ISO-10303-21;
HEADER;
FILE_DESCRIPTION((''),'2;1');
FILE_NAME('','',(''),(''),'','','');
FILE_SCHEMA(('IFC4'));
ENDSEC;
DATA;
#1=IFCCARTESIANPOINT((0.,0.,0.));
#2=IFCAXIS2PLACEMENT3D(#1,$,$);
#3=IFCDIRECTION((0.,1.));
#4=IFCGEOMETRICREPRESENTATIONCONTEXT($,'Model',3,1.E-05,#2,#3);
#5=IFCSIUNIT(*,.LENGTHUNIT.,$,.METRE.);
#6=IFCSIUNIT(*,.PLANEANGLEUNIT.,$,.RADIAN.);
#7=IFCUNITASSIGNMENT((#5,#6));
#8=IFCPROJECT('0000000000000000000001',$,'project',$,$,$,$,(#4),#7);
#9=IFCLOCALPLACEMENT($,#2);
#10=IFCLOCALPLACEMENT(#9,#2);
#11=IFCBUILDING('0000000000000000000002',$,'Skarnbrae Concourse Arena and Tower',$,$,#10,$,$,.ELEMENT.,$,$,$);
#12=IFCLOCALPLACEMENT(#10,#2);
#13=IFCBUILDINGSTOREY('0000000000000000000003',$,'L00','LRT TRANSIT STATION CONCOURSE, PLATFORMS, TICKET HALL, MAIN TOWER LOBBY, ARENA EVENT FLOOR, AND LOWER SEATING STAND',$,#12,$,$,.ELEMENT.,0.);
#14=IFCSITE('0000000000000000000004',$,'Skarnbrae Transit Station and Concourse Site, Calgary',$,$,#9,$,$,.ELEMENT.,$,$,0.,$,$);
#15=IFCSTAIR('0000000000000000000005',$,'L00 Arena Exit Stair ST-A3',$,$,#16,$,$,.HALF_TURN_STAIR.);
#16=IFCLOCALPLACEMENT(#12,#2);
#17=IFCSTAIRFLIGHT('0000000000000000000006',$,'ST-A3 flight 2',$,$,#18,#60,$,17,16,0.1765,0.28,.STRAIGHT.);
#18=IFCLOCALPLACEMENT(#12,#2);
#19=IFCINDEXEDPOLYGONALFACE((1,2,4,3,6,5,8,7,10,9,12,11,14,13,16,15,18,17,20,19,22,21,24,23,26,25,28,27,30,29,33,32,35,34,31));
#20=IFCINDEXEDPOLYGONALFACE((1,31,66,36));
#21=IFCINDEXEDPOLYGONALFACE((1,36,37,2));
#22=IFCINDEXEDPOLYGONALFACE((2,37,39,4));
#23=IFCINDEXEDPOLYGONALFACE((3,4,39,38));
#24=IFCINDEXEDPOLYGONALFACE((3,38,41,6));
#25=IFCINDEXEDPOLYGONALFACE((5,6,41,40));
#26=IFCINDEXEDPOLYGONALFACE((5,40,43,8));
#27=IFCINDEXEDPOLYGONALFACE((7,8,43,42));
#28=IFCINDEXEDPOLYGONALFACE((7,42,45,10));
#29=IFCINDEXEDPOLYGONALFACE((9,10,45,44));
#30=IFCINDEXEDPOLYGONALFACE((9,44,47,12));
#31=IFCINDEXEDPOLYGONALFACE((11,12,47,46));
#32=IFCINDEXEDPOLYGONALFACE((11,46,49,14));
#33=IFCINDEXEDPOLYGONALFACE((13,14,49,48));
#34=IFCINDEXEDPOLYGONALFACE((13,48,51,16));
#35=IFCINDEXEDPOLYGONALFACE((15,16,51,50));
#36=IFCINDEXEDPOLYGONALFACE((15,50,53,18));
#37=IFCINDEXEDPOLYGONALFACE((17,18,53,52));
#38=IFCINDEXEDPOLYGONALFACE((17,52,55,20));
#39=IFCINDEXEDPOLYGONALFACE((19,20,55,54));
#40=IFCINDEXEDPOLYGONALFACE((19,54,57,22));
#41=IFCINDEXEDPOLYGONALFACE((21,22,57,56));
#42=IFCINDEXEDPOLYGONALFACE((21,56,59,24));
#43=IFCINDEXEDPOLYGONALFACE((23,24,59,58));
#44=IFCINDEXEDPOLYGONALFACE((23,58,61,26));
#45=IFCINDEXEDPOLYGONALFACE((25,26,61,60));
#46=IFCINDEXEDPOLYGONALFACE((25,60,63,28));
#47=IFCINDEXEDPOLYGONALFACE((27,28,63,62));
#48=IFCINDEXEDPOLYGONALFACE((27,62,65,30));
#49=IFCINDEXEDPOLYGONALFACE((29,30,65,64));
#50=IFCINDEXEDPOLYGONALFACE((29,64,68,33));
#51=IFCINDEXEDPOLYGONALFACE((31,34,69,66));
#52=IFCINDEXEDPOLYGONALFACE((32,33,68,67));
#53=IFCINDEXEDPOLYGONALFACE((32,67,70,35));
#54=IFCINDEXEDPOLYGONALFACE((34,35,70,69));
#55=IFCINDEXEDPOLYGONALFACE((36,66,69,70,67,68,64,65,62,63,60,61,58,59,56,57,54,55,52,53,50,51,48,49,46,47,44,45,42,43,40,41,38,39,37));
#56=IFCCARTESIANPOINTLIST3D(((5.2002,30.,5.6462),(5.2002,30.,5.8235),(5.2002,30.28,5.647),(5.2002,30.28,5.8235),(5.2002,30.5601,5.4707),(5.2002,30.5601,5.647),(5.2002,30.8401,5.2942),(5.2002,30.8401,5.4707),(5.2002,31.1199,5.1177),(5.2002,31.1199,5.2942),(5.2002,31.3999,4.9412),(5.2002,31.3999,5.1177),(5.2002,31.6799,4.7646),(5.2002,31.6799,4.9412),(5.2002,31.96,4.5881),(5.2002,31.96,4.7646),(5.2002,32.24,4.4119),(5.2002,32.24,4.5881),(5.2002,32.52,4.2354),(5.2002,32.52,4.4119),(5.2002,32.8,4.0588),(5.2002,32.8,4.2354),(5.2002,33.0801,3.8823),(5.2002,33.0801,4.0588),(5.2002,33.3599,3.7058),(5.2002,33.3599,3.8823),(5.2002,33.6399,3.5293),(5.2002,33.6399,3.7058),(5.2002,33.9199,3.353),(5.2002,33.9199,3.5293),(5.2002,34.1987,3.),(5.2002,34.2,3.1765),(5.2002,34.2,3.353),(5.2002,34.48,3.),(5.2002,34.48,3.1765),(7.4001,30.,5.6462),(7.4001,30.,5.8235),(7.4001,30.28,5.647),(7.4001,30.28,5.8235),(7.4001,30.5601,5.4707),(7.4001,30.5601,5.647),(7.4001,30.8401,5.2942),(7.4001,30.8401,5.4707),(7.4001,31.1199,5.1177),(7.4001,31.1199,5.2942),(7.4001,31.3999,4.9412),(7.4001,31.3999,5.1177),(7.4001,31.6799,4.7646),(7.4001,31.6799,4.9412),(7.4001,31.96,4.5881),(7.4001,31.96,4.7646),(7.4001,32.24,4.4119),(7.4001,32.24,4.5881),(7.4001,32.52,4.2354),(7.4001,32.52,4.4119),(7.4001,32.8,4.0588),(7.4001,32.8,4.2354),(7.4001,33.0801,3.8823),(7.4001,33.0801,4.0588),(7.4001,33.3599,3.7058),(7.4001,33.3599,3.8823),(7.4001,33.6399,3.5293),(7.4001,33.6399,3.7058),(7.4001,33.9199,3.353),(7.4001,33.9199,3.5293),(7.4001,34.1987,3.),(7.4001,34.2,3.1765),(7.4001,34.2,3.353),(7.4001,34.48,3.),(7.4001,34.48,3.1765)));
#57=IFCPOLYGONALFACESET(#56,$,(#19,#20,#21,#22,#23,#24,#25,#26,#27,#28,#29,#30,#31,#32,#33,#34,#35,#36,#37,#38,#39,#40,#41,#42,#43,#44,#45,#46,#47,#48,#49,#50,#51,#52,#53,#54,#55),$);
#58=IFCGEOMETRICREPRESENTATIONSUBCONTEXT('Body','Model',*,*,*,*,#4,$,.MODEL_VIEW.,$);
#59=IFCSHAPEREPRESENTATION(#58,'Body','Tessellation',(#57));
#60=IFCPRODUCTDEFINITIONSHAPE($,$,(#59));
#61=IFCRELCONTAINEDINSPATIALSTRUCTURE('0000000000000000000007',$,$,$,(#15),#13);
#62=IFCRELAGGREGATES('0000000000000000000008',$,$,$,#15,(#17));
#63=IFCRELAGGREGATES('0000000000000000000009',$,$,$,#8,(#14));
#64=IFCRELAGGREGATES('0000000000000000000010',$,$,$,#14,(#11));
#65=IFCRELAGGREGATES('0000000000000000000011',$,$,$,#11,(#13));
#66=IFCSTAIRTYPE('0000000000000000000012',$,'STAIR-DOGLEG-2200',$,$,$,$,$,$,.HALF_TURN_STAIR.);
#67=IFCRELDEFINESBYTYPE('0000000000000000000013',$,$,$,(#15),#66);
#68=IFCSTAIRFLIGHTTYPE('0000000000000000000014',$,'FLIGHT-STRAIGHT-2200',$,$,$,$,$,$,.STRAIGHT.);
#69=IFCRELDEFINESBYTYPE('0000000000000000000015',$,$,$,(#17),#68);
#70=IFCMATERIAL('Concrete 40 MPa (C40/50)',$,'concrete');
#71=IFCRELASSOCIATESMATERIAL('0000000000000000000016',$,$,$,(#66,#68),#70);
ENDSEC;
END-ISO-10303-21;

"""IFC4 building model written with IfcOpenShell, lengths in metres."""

from ifc_helpers import new_model, si_unit, direction, frame, origin, place, context, subcontext, project, spatial, polyline, outline, extrude, source, transform, mapped, material, type_object, element, aggregate, save


model = new_model("IFC4")

# Units and contexts
model_context = context("Model", 3, precision=1e-05, world=origin(), true_north=direction((0.0, 1.0)))
body_context = subcontext(model_context, "Body", "Model", "MODEL_VIEW")
ifc_project = project(units=[si_unit("LENGTHUNIT", "METRE"), si_unit("PLANEANGLEUNIT", "RADIAN")], contexts=[model_context])

# Site, building, storey
site_placement = place(None, origin())
site = spatial("IfcSite", under=ifc_project, at=site_placement, Name="Skarnbrae Transit Station and Concourse Site, Calgary", CompositionType="ELEMENT", RefElevation=0.0)
building_placement = place(site_placement, origin())
building = spatial("IfcBuilding", under=site, at=building_placement, Name="Skarnbrae Concourse Arena and Tower", CompositionType="ELEMENT")
storey_placement = place(building_placement, origin())
storey = spatial("IfcBuildingStorey", under=building, at=storey_placement, Name="L00", Description="LRT TRANSIT STATION CONCOURSE, PLATFORMS, TICKET HALL, MAIN TOWER LOBBY, ARENA EVENT FLOOR, AND LOWER SEATING STAND", CompositionType="ELEMENT", Elevation=0.0)

# Stair, stair flight
ifc_material_1 = material(Name="Concrete 40 MPa (C40/50)", Category="concrete")
stair_type = type_object("IfcStairType", Name="STAIR-DOGLEG-2200", PredefinedType="HALF_TURN_STAIR", material=ifc_material_1)
stair_placement = place(storey_placement, origin())
stair = element("IfcStair", 1, at=stair_placement, inside=storey, type_object=stair_type, Name="L00 Arena Exit Stair ST-A3", PredefinedType="HALF_TURN_STAIR")
stair_flight_type = type_object("IfcStairFlightType", Name="FLIGHT-STRAIGHT-2200", PredefinedType="STRAIGHT", material=ifc_material_1)
shared_shape_1 = source(origin(), body_context, "Body", "SweptSolid", [
    extrude(outline(polyline([(0.0, 0.0), (0.0, 0.1765), (0.28, 0.1765), (0.28, 0.353), (0.5601, 0.353), (0.5601, 0.5293), (0.8401, 0.5293), (0.8401, 0.7058), (1.1201, 0.7058), (1.1201, 0.8823), (1.3999, 0.8823), (1.3999, 1.0588), (1.6799, 1.0588), (1.6799, 1.2354), (1.96, 1.2354), (1.96, 1.4119), (2.24, 1.4119), (2.24, 1.5881), (2.52, 1.5881), (2.52, 1.7646), (2.8, 1.7646), (2.8, 1.9412), (3.0801, 1.9412), (3.0801, 2.1177), (3.3601, 2.1177), (3.3601, 2.2942), (3.6399, 2.2942), (3.6399, 2.4707), (3.9199, 2.4707), (3.9199, 2.647), (4.2, 2.647), (4.2, 2.8235), (4.48, 2.8235), (4.48, 3.0), (4.48, 2.6462), (0.2812, 0.0), (0.0, 0.0)])), frame((0.0, 1.1001, 0.0), z_axis=(0.0, -1.0, 0.0), x_axis=(1.0, 0.0, 0.0)), (0.0, 0.0, 1.0), 2.2),
])
stair_flight_placement = place(storey_placement, frame((6.3, 34.48, 3.0), z_axis=(0.0, 0.0, 1.0), x_axis=(0.0, -1.0, 0.0)))
stair_flight = element("IfcStairFlight", 2, at=stair_flight_placement, type_object=stair_flight_type, Name="ST-A3 flight 2", NumberOfRisers=17, NumberOfTreads=16, PredefinedType="STRAIGHT", RiserHeight=0.1765, TreadLength=0.28, context=body_context, shape_type="MappedRepresentation", body=[
    mapped(shared_shape_1, transform((0.0, 0.0, 0.0))),
])
aggregate(stair, [stair_flight])

save(model, "model.ifc")
